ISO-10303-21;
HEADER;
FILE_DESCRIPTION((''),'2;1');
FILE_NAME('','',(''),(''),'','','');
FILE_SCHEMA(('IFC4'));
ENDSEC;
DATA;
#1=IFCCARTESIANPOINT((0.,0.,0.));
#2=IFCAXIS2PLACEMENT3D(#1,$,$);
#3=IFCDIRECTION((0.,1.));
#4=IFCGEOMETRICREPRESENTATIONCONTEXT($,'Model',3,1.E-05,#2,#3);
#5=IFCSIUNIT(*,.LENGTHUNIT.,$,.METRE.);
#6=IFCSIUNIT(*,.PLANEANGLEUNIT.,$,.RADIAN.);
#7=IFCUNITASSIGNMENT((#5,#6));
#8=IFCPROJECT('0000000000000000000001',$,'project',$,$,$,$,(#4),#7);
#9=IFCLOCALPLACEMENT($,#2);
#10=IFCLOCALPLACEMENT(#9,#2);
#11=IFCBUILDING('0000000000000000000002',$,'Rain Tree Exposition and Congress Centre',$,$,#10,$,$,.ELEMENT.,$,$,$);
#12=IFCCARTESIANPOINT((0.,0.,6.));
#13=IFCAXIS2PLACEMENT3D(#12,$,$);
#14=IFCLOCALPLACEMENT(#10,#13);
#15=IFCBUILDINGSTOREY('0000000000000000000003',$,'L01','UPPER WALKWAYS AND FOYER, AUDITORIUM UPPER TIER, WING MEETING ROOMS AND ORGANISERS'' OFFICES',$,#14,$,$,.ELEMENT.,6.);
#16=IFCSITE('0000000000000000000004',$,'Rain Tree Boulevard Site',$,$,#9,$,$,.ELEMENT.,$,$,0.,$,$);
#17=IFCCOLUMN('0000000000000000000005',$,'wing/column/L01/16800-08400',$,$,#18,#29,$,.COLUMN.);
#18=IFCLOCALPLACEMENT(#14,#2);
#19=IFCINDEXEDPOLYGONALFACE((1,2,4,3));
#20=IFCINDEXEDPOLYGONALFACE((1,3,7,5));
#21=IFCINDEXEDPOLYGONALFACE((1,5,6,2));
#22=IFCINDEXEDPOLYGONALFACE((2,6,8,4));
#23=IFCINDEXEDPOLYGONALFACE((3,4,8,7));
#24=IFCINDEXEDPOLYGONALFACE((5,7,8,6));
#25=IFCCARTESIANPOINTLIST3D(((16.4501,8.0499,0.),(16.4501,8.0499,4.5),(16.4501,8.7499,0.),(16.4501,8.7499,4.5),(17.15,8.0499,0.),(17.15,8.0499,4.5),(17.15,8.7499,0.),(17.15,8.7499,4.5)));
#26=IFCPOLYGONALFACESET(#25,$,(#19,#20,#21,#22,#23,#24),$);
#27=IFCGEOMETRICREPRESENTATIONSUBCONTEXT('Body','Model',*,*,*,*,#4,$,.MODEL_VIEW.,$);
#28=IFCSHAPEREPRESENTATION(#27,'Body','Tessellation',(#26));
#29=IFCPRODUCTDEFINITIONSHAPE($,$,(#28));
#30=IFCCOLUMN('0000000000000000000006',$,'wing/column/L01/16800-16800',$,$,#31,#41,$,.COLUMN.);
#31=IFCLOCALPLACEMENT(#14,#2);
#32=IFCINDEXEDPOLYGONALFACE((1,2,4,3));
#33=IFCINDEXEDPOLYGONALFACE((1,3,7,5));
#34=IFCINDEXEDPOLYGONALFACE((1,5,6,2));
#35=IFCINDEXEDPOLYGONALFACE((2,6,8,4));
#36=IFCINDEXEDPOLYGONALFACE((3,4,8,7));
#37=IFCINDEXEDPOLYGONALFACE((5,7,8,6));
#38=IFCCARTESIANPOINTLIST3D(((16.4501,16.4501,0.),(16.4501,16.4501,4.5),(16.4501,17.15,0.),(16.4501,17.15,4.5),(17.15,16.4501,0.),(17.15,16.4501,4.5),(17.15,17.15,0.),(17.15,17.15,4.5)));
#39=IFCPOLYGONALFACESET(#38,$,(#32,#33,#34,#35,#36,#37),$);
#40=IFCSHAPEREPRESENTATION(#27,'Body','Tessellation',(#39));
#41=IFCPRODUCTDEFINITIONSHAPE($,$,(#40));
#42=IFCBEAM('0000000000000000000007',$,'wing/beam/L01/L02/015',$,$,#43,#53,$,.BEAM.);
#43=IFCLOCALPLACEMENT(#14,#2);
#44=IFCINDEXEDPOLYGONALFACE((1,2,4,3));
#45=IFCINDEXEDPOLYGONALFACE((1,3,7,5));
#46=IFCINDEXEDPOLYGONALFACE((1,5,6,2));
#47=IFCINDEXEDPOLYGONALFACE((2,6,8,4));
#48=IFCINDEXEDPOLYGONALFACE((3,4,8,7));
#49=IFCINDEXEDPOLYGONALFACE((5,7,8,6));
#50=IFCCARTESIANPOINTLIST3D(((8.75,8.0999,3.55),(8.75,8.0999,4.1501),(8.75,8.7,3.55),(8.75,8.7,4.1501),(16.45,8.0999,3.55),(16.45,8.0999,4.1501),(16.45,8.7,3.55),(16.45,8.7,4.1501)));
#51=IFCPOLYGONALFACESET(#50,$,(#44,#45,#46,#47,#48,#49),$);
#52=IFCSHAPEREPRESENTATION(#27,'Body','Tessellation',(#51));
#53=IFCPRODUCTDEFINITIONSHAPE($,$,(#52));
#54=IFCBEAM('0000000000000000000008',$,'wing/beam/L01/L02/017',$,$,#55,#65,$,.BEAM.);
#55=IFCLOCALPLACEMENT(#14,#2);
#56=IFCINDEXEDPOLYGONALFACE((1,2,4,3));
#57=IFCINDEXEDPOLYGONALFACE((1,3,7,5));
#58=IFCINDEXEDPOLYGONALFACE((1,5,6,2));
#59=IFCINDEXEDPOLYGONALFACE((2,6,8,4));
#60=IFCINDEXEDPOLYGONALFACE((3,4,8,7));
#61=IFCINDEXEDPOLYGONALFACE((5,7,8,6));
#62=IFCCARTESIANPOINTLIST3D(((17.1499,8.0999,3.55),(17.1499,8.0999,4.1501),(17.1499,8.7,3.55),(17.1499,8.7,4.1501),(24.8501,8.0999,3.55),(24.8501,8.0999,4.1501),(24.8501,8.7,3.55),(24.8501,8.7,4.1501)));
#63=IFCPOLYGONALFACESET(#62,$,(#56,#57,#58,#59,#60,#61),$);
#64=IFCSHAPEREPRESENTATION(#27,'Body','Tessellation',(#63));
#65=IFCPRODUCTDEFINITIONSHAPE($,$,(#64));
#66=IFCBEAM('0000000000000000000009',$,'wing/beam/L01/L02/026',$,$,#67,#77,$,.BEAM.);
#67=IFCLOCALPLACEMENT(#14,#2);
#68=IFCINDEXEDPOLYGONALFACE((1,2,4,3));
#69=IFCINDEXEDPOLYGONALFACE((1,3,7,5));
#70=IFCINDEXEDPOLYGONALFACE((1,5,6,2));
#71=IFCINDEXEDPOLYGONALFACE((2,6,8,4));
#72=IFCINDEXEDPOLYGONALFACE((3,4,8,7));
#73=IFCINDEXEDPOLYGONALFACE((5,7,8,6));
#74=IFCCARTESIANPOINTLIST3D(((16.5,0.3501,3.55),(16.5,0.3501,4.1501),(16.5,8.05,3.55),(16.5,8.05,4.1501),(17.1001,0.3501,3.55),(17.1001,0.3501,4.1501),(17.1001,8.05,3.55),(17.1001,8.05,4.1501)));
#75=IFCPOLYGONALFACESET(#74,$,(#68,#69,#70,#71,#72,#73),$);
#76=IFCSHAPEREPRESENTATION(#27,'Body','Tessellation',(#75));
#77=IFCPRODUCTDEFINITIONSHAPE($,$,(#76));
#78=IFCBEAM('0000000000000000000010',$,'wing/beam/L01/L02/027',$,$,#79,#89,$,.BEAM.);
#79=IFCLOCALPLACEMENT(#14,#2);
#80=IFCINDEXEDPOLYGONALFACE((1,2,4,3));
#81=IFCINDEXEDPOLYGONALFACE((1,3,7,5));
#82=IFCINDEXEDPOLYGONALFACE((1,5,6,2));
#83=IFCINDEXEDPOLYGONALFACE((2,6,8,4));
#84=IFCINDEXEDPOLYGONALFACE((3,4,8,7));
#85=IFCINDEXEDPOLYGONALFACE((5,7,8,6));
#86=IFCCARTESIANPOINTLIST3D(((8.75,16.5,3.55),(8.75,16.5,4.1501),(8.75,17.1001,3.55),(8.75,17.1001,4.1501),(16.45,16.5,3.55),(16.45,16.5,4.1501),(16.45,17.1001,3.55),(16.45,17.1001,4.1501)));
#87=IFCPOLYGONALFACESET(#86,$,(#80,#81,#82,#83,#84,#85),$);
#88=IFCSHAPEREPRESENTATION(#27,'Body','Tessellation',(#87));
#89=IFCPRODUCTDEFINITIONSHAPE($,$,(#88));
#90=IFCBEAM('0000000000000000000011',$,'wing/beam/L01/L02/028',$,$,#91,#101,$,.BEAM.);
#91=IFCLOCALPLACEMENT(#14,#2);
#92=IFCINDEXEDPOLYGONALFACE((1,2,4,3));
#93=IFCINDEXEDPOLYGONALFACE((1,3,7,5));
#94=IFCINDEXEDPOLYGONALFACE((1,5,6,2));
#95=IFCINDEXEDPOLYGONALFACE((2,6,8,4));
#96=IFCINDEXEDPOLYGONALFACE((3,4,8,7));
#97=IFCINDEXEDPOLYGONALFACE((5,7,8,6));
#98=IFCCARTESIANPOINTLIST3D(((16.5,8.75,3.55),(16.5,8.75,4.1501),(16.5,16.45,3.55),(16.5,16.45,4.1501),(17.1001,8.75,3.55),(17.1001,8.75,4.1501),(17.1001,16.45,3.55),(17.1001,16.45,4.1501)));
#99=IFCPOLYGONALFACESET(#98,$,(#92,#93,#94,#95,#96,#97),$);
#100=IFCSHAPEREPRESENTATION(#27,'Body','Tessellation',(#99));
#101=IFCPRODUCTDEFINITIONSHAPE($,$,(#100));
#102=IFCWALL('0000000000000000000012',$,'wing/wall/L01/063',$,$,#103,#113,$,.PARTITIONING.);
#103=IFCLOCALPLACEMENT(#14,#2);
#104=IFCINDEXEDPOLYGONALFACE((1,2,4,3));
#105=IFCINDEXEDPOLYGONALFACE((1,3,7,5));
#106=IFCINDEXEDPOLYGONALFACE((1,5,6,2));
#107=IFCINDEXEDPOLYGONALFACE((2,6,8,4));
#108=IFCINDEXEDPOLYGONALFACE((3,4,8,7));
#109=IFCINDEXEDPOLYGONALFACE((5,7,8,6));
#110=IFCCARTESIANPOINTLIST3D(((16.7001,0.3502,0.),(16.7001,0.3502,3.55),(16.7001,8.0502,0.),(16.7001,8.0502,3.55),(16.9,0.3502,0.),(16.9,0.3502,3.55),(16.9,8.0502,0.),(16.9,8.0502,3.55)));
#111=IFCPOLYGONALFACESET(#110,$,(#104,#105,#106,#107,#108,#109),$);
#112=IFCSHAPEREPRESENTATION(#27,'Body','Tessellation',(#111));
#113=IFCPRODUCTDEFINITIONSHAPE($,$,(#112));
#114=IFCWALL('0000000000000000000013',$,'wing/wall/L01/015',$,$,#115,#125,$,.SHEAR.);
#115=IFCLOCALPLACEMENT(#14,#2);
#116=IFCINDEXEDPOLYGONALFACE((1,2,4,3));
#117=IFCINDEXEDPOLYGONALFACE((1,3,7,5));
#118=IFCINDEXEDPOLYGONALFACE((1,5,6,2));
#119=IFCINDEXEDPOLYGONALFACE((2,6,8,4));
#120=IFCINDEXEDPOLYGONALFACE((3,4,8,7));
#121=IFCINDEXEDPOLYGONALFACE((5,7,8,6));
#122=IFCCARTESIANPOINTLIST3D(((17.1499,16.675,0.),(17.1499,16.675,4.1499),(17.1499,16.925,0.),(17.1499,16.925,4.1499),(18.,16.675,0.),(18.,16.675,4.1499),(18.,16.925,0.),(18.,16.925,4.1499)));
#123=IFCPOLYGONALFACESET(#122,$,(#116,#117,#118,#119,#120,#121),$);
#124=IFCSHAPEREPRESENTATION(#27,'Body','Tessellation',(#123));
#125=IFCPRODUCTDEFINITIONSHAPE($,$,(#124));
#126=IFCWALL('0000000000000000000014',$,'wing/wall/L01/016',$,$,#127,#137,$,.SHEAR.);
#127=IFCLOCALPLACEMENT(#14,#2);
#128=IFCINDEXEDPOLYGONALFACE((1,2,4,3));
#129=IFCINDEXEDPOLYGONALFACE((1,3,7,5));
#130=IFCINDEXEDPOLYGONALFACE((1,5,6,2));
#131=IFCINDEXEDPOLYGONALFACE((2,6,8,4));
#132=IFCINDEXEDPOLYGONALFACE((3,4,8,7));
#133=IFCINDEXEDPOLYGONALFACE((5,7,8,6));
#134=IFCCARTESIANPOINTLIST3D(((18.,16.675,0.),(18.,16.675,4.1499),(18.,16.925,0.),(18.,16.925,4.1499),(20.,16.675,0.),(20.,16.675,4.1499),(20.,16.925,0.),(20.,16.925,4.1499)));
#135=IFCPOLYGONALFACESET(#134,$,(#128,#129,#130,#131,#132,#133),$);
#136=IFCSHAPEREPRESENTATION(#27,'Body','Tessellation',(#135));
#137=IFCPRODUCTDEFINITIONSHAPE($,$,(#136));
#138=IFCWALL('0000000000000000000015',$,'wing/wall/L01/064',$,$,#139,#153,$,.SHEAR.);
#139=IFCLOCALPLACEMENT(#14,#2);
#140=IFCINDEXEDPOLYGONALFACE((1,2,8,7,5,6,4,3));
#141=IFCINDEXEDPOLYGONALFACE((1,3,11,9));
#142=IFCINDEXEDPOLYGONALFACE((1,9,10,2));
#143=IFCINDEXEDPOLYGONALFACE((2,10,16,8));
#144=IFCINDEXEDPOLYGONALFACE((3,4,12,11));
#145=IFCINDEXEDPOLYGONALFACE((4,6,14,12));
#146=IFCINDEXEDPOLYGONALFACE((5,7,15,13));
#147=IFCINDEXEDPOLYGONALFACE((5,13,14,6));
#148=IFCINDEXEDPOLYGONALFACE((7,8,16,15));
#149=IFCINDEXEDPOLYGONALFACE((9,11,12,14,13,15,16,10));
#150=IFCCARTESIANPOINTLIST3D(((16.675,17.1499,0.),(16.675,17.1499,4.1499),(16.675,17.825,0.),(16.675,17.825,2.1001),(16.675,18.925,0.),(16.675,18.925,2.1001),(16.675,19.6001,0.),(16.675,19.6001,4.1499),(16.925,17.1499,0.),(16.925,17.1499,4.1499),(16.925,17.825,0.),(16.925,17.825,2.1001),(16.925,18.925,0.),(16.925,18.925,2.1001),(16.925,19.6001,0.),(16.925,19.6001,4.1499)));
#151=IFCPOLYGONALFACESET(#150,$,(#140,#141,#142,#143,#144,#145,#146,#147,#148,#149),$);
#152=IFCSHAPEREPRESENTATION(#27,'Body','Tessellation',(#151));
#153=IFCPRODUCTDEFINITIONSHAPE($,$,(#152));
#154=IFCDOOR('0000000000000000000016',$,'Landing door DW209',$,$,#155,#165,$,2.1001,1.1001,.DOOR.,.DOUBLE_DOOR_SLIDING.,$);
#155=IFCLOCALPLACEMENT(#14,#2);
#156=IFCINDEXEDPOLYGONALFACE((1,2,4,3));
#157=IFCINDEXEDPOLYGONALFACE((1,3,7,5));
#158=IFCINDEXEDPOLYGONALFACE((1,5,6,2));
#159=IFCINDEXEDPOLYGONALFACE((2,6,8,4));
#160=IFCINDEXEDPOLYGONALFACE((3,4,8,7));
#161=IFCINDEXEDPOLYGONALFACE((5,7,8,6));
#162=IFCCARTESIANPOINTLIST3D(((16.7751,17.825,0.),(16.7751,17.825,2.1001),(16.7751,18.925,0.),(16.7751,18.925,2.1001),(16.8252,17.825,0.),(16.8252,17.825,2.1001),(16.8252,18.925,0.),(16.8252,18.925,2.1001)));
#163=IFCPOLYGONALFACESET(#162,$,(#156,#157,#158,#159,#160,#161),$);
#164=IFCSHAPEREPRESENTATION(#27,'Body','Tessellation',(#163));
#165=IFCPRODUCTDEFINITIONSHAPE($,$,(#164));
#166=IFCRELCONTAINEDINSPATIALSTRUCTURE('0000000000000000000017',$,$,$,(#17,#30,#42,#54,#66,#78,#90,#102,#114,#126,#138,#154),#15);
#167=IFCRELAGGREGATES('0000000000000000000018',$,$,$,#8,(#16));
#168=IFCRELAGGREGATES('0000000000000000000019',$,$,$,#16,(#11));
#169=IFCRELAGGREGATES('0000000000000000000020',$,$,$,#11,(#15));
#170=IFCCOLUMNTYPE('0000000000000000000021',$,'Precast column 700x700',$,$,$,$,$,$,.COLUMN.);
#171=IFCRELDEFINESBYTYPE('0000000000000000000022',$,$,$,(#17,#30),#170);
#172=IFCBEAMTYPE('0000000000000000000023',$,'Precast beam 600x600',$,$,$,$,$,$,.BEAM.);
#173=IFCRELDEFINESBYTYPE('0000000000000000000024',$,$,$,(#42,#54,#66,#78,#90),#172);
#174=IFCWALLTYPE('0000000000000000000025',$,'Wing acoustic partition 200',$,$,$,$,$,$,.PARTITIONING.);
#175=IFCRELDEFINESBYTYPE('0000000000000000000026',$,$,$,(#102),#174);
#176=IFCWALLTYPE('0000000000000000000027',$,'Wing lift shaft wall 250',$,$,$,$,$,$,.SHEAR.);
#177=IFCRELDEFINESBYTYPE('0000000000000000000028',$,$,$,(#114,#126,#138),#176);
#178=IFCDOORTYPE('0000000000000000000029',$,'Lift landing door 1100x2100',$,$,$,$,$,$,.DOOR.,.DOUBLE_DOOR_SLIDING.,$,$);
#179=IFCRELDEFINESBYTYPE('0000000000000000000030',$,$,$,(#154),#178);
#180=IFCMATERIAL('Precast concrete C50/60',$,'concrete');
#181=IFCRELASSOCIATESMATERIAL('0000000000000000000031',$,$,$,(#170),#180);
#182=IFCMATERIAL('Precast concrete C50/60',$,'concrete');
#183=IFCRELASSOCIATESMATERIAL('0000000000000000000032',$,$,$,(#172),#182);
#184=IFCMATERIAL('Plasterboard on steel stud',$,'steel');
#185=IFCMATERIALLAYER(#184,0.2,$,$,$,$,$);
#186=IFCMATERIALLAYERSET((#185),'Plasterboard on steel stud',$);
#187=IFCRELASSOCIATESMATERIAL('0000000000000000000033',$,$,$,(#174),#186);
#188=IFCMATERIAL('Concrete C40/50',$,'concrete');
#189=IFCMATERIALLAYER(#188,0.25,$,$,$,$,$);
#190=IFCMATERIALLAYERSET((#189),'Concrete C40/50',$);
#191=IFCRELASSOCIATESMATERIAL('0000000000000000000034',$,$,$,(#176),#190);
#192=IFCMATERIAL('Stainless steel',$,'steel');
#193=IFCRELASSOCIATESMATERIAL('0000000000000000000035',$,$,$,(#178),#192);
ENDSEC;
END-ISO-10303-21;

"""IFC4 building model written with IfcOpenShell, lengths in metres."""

from ifc_helpers import new_model, si_unit, direction, frame, frame_2d, origin, origin_2d, place, context, subcontext, project, spatial, rectangle, extrude, material, layer, layer_set, material_profile, profile_set, type_object, element, fill, save


model = new_model("IFC4")

# Units and contexts
model_context = context("Model", 3, precision=1e-05, world=origin(), true_north=direction((0.0, 1.0)))
body_context = subcontext(model_context, "Body", "Model", "MODEL_VIEW")
ifc_project = project(units=[si_unit("LENGTHUNIT", "METRE"), si_unit("PLANEANGLEUNIT", "RADIAN")], contexts=[model_context])

# Site, building, storey
site_placement = place(None, origin())
site = spatial("IfcSite", under=ifc_project, at=site_placement, Name="Rain Tree Boulevard Site", CompositionType="ELEMENT", RefElevation=0.0)
building_placement = place(site_placement, origin())
building = spatial("IfcBuilding", under=site, at=building_placement, Name="Rain Tree Exposition and Congress Centre", CompositionType="ELEMENT")
storey_placement = place(building_placement, frame((0.0, 0.0, 6.0)))
storey = spatial("IfcBuildingStorey", under=building, at=storey_placement, Name="L01", Description="UPPER WALKWAYS AND FOYER, AUDITORIUM UPPER TIER, WING MEETING ROOMS AND ORGANISERS' OFFICES", CompositionType="ELEMENT", Elevation=6.0)

# Columns
ifc_material_1 = material(Name="Precast concrete C50/60", Category="concrete")
ifc_material_profile_1 = material_profile(ifc_material_1, rectangle(XDim=0.7, YDim=0.7, at=origin_2d()), Name="RC 700x700")
ifc_profile_set_1 = profile_set([ifc_material_profile_1], Name="Precast concrete C50/60")
column_type = type_object("IfcColumnType", Name="Precast column 700x700", PredefinedType="COLUMN", material=ifc_profile_set_1)
for number, where, z_axis, x_axis, name in (
    (1, (16.8, 8.3999, 0.0), (0.0, 0.0, 1.0), (1.0, 0.0, 0.0), "wing/column/L01/16800-08400"),
    (2, (16.8, 16.8, 0.0), (0.0, 0.0, 1.0), (1.0, 0.0, 0.0), "wing/column/L01/16800-16800"),
):
    element("IfcColumn", number, at=place(storey_placement, frame(where, z_axis=z_axis, x_axis=x_axis)), inside=storey, type_object=column_type, Name=name, PredefinedType="COLUMN", context=body_context, shape_type="SweptSolid", body=[
        extrude(rectangle(XDim=0.7, YDim=0.7, at=origin_2d()), origin(), (0.0, 0.0, 1.0), 4.5),
    ])

# Beams
ifc_material_2 = material(Name="Precast concrete C50/60", Category="concrete")
ifc_material_profile_2 = material_profile(ifc_material_2, rectangle(XDim=0.6001, YDim=0.6001, at=origin_2d()), Name="RC 600x600")
ifc_profile_set_2 = profile_set([ifc_material_profile_2], Name="Precast concrete C50/60")
beam_type = type_object("IfcBeamType", Name="Precast beam 600x600", PredefinedType="BEAM", material=ifc_profile_set_2)
beam_1_placement = place(storey_placement, frame((8.75, 8.3999, 3.8501), z_axis=(1.0, 0.0, 0.0), x_axis=(0.0, 1.0, 0.0)))
element("IfcBeam", 3, at=beam_1_placement, inside=storey, type_object=beam_type, Name="wing/beam/L01/L02/015", PredefinedType="BEAM", context=body_context, shape_type="SweptSolid", body=[
    extrude(rectangle(XDim=0.6001, YDim=0.6001, at=origin_2d()), origin(), (0.0, 0.0, 1.0), 7.7),
])
beam_2_placement = place(storey_placement, frame((17.1499, 8.3999, 3.8501), z_axis=(1.0, 0.0, 0.0), x_axis=(0.0, 1.0, 0.0)))
element("IfcBeam", 4, at=beam_2_placement, inside=storey, type_object=beam_type, Name="wing/beam/L01/L02/017", PredefinedType="BEAM", context=body_context, shape_type="SweptSolid", body=[
    extrude(rectangle(XDim=0.6001, YDim=0.6001, at=origin_2d()), origin(), (0.0, 0.0, 1.0), 7.7002),
])
for number, where, z_axis, x_axis, name in (
    (5, (16.8, 0.3501, 3.8501), (0.0, 1.0, 0.0), (-1.0, 0.0, 0.0), "wing/beam/L01/L02/026"),
    (6, (8.75, 16.8, 3.8501), (1.0, 0.0, 0.0), (0.0, 1.0, 0.0), "wing/beam/L01/L02/027"),
    (7, (16.8, 8.75, 3.8501), (0.0, 1.0, 0.0), (-1.0, 0.0, 0.0), "wing/beam/L01/L02/028"),
):
    element("IfcBeam", number, at=place(storey_placement, frame(where, z_axis=z_axis, x_axis=x_axis)), inside=storey, type_object=beam_type, Name=name, PredefinedType="BEAM", context=body_context, shape_type="SweptSolid", body=[
        extrude(rectangle(XDim=0.6001, YDim=0.6001, at=origin_2d()), origin(), (0.0, 0.0, 1.0), 7.7),
    ])

# Shared definitions
ifc_material_3 = material(Name="Plasterboard on steel stud", Category="steel")
ifc_layer_1 = layer(ifc_material_3, 0.2)
ifc_layer_set_1 = layer_set([ifc_layer_1], Name="Plasterboard on steel stud")
wall_type_1 = type_object("IfcWallType", Name="Wing acoustic partition 200", PredefinedType="PARTITIONING", material=ifc_layer_set_1)

# Walls
wall_1_placement = place(storey_placement, frame((16.8, 0.3501, 0.0), z_axis=(0.0, 0.0, 1.0), x_axis=(0.0, 1.0, 0.0)))
element("IfcWall", 8, at=wall_1_placement, inside=storey, type_object=wall_type_1, Name="wing/wall/L01/063", PredefinedType="PARTITIONING", context=body_context, shape_type="SweptSolid", body=[
    extrude(rectangle(XDim=7.7, YDim=0.2, at=frame_2d((3.8501, 0.0))), origin(), (0.0, 0.0, 1.0), 3.55),
])
ifc_material_4 = material(Name="Concrete C40/50", Category="concrete")
ifc_layer_2 = layer(ifc_material_4, 0.25)
ifc_layer_set_2 = layer_set([ifc_layer_2], Name="Concrete C40/50")
wall_type_2 = type_object("IfcWallType", Name="Wing lift shaft wall 250", PredefinedType="SHEAR", material=ifc_layer_set_2)
wall_2_placement = place(storey_placement, frame((17.1499, 16.8, 0.0), z_axis=(0.0, 0.0, 1.0), x_axis=(1.0, 0.0, 0.0)))
element("IfcWall", 9, at=wall_2_placement, inside=storey, type_object=wall_type_2, Name="wing/wall/L01/015", PredefinedType="SHEAR", context=body_context, shape_type="SweptSolid", body=[
    extrude(rectangle(XDim=0.8501, YDim=0.25, at=frame_2d((0.425, 0.0))), origin(), (0.0, 0.0, 1.0), 4.1499),
])
wall_3_placement = place(storey_placement, frame((18.0, 16.8, 0.0), z_axis=(0.0, 0.0, 1.0), x_axis=(1.0, 0.0, 0.0)))
element("IfcWall", 10, at=wall_3_placement, inside=storey, type_object=wall_type_2, Name="wing/wall/L01/016", PredefinedType="SHEAR", context=body_context, shape_type="SweptSolid", body=[
    extrude(rectangle(XDim=2.0, YDim=0.25, at=frame_2d((1.0, 0.0))), origin(), (0.0, 0.0, 1.0), 4.1499),
])

# Wall, opening, door
wall_4_placement = place(storey_placement, frame((16.8, 17.1499, 0.0), z_axis=(0.0, 0.0, 1.0), x_axis=(0.0, 1.0, 0.0)))
wall_4 = element("IfcWall", 11, at=wall_4_placement, inside=storey, type_object=wall_type_2, Name="wing/wall/L01/064", PredefinedType="SHEAR", context=body_context, shape_type="SweptSolid", body=[
    extrude(rectangle(XDim=2.4502, YDim=0.25, at=frame_2d((1.2251, 0.0))), origin(), (0.0, 0.0, 1.0), 4.1499),
])
opening_1_placement = place(wall_4_placement, frame((0.675, 0.0, 0.0)))
opening_1 = element("IfcOpeningElement", 12, at=opening_1_placement, cuts=wall_4, PredefinedType="OPENING", context=body_context, shape_type="SweptSolid", body=[
    extrude(rectangle(XDim=1.1001, YDim=2.1001, at=frame_2d((0.55, 1.05))), frame((0.0, 0.125, 0.0), z_axis=(0.0, -1.0, 0.0), x_axis=(1.0, 0.0, 0.0)), (0.0, 0.0, 1.0), 0.25),
])
ifc_material_5 = material(Name="Stainless steel", Category="steel")
door_type_1 = type_object("IfcDoorType", Name="Lift landing door 1100x2100", OperationType="DOUBLE_DOOR_SLIDING", PredefinedType="DOOR", material=ifc_material_5)
door_1_placement = place(opening_1_placement, origin())
door_1 = element("IfcDoor", 13, at=door_1_placement, inside=storey, type_object=door_type_1, Name="Landing door DW209", OperationType="DOUBLE_DOOR_SLIDING", OverallHeight=2.1001, OverallWidth=1.1001, PredefinedType="DOOR", context=body_context, shape_type="SweptSolid", body=[
    extrude(rectangle(XDim=1.1001, YDim=2.1001, at=frame_2d((0.55, 1.05))), frame((0.0, 0.0249, 0.0), z_axis=(0.0, -1.0, 0.0), x_axis=(1.0, 0.0, 0.0)), (0.0, 0.0, 1.0), 0.05),
])
fill(opening_1, door_1)

save(model, "model.ifc")
